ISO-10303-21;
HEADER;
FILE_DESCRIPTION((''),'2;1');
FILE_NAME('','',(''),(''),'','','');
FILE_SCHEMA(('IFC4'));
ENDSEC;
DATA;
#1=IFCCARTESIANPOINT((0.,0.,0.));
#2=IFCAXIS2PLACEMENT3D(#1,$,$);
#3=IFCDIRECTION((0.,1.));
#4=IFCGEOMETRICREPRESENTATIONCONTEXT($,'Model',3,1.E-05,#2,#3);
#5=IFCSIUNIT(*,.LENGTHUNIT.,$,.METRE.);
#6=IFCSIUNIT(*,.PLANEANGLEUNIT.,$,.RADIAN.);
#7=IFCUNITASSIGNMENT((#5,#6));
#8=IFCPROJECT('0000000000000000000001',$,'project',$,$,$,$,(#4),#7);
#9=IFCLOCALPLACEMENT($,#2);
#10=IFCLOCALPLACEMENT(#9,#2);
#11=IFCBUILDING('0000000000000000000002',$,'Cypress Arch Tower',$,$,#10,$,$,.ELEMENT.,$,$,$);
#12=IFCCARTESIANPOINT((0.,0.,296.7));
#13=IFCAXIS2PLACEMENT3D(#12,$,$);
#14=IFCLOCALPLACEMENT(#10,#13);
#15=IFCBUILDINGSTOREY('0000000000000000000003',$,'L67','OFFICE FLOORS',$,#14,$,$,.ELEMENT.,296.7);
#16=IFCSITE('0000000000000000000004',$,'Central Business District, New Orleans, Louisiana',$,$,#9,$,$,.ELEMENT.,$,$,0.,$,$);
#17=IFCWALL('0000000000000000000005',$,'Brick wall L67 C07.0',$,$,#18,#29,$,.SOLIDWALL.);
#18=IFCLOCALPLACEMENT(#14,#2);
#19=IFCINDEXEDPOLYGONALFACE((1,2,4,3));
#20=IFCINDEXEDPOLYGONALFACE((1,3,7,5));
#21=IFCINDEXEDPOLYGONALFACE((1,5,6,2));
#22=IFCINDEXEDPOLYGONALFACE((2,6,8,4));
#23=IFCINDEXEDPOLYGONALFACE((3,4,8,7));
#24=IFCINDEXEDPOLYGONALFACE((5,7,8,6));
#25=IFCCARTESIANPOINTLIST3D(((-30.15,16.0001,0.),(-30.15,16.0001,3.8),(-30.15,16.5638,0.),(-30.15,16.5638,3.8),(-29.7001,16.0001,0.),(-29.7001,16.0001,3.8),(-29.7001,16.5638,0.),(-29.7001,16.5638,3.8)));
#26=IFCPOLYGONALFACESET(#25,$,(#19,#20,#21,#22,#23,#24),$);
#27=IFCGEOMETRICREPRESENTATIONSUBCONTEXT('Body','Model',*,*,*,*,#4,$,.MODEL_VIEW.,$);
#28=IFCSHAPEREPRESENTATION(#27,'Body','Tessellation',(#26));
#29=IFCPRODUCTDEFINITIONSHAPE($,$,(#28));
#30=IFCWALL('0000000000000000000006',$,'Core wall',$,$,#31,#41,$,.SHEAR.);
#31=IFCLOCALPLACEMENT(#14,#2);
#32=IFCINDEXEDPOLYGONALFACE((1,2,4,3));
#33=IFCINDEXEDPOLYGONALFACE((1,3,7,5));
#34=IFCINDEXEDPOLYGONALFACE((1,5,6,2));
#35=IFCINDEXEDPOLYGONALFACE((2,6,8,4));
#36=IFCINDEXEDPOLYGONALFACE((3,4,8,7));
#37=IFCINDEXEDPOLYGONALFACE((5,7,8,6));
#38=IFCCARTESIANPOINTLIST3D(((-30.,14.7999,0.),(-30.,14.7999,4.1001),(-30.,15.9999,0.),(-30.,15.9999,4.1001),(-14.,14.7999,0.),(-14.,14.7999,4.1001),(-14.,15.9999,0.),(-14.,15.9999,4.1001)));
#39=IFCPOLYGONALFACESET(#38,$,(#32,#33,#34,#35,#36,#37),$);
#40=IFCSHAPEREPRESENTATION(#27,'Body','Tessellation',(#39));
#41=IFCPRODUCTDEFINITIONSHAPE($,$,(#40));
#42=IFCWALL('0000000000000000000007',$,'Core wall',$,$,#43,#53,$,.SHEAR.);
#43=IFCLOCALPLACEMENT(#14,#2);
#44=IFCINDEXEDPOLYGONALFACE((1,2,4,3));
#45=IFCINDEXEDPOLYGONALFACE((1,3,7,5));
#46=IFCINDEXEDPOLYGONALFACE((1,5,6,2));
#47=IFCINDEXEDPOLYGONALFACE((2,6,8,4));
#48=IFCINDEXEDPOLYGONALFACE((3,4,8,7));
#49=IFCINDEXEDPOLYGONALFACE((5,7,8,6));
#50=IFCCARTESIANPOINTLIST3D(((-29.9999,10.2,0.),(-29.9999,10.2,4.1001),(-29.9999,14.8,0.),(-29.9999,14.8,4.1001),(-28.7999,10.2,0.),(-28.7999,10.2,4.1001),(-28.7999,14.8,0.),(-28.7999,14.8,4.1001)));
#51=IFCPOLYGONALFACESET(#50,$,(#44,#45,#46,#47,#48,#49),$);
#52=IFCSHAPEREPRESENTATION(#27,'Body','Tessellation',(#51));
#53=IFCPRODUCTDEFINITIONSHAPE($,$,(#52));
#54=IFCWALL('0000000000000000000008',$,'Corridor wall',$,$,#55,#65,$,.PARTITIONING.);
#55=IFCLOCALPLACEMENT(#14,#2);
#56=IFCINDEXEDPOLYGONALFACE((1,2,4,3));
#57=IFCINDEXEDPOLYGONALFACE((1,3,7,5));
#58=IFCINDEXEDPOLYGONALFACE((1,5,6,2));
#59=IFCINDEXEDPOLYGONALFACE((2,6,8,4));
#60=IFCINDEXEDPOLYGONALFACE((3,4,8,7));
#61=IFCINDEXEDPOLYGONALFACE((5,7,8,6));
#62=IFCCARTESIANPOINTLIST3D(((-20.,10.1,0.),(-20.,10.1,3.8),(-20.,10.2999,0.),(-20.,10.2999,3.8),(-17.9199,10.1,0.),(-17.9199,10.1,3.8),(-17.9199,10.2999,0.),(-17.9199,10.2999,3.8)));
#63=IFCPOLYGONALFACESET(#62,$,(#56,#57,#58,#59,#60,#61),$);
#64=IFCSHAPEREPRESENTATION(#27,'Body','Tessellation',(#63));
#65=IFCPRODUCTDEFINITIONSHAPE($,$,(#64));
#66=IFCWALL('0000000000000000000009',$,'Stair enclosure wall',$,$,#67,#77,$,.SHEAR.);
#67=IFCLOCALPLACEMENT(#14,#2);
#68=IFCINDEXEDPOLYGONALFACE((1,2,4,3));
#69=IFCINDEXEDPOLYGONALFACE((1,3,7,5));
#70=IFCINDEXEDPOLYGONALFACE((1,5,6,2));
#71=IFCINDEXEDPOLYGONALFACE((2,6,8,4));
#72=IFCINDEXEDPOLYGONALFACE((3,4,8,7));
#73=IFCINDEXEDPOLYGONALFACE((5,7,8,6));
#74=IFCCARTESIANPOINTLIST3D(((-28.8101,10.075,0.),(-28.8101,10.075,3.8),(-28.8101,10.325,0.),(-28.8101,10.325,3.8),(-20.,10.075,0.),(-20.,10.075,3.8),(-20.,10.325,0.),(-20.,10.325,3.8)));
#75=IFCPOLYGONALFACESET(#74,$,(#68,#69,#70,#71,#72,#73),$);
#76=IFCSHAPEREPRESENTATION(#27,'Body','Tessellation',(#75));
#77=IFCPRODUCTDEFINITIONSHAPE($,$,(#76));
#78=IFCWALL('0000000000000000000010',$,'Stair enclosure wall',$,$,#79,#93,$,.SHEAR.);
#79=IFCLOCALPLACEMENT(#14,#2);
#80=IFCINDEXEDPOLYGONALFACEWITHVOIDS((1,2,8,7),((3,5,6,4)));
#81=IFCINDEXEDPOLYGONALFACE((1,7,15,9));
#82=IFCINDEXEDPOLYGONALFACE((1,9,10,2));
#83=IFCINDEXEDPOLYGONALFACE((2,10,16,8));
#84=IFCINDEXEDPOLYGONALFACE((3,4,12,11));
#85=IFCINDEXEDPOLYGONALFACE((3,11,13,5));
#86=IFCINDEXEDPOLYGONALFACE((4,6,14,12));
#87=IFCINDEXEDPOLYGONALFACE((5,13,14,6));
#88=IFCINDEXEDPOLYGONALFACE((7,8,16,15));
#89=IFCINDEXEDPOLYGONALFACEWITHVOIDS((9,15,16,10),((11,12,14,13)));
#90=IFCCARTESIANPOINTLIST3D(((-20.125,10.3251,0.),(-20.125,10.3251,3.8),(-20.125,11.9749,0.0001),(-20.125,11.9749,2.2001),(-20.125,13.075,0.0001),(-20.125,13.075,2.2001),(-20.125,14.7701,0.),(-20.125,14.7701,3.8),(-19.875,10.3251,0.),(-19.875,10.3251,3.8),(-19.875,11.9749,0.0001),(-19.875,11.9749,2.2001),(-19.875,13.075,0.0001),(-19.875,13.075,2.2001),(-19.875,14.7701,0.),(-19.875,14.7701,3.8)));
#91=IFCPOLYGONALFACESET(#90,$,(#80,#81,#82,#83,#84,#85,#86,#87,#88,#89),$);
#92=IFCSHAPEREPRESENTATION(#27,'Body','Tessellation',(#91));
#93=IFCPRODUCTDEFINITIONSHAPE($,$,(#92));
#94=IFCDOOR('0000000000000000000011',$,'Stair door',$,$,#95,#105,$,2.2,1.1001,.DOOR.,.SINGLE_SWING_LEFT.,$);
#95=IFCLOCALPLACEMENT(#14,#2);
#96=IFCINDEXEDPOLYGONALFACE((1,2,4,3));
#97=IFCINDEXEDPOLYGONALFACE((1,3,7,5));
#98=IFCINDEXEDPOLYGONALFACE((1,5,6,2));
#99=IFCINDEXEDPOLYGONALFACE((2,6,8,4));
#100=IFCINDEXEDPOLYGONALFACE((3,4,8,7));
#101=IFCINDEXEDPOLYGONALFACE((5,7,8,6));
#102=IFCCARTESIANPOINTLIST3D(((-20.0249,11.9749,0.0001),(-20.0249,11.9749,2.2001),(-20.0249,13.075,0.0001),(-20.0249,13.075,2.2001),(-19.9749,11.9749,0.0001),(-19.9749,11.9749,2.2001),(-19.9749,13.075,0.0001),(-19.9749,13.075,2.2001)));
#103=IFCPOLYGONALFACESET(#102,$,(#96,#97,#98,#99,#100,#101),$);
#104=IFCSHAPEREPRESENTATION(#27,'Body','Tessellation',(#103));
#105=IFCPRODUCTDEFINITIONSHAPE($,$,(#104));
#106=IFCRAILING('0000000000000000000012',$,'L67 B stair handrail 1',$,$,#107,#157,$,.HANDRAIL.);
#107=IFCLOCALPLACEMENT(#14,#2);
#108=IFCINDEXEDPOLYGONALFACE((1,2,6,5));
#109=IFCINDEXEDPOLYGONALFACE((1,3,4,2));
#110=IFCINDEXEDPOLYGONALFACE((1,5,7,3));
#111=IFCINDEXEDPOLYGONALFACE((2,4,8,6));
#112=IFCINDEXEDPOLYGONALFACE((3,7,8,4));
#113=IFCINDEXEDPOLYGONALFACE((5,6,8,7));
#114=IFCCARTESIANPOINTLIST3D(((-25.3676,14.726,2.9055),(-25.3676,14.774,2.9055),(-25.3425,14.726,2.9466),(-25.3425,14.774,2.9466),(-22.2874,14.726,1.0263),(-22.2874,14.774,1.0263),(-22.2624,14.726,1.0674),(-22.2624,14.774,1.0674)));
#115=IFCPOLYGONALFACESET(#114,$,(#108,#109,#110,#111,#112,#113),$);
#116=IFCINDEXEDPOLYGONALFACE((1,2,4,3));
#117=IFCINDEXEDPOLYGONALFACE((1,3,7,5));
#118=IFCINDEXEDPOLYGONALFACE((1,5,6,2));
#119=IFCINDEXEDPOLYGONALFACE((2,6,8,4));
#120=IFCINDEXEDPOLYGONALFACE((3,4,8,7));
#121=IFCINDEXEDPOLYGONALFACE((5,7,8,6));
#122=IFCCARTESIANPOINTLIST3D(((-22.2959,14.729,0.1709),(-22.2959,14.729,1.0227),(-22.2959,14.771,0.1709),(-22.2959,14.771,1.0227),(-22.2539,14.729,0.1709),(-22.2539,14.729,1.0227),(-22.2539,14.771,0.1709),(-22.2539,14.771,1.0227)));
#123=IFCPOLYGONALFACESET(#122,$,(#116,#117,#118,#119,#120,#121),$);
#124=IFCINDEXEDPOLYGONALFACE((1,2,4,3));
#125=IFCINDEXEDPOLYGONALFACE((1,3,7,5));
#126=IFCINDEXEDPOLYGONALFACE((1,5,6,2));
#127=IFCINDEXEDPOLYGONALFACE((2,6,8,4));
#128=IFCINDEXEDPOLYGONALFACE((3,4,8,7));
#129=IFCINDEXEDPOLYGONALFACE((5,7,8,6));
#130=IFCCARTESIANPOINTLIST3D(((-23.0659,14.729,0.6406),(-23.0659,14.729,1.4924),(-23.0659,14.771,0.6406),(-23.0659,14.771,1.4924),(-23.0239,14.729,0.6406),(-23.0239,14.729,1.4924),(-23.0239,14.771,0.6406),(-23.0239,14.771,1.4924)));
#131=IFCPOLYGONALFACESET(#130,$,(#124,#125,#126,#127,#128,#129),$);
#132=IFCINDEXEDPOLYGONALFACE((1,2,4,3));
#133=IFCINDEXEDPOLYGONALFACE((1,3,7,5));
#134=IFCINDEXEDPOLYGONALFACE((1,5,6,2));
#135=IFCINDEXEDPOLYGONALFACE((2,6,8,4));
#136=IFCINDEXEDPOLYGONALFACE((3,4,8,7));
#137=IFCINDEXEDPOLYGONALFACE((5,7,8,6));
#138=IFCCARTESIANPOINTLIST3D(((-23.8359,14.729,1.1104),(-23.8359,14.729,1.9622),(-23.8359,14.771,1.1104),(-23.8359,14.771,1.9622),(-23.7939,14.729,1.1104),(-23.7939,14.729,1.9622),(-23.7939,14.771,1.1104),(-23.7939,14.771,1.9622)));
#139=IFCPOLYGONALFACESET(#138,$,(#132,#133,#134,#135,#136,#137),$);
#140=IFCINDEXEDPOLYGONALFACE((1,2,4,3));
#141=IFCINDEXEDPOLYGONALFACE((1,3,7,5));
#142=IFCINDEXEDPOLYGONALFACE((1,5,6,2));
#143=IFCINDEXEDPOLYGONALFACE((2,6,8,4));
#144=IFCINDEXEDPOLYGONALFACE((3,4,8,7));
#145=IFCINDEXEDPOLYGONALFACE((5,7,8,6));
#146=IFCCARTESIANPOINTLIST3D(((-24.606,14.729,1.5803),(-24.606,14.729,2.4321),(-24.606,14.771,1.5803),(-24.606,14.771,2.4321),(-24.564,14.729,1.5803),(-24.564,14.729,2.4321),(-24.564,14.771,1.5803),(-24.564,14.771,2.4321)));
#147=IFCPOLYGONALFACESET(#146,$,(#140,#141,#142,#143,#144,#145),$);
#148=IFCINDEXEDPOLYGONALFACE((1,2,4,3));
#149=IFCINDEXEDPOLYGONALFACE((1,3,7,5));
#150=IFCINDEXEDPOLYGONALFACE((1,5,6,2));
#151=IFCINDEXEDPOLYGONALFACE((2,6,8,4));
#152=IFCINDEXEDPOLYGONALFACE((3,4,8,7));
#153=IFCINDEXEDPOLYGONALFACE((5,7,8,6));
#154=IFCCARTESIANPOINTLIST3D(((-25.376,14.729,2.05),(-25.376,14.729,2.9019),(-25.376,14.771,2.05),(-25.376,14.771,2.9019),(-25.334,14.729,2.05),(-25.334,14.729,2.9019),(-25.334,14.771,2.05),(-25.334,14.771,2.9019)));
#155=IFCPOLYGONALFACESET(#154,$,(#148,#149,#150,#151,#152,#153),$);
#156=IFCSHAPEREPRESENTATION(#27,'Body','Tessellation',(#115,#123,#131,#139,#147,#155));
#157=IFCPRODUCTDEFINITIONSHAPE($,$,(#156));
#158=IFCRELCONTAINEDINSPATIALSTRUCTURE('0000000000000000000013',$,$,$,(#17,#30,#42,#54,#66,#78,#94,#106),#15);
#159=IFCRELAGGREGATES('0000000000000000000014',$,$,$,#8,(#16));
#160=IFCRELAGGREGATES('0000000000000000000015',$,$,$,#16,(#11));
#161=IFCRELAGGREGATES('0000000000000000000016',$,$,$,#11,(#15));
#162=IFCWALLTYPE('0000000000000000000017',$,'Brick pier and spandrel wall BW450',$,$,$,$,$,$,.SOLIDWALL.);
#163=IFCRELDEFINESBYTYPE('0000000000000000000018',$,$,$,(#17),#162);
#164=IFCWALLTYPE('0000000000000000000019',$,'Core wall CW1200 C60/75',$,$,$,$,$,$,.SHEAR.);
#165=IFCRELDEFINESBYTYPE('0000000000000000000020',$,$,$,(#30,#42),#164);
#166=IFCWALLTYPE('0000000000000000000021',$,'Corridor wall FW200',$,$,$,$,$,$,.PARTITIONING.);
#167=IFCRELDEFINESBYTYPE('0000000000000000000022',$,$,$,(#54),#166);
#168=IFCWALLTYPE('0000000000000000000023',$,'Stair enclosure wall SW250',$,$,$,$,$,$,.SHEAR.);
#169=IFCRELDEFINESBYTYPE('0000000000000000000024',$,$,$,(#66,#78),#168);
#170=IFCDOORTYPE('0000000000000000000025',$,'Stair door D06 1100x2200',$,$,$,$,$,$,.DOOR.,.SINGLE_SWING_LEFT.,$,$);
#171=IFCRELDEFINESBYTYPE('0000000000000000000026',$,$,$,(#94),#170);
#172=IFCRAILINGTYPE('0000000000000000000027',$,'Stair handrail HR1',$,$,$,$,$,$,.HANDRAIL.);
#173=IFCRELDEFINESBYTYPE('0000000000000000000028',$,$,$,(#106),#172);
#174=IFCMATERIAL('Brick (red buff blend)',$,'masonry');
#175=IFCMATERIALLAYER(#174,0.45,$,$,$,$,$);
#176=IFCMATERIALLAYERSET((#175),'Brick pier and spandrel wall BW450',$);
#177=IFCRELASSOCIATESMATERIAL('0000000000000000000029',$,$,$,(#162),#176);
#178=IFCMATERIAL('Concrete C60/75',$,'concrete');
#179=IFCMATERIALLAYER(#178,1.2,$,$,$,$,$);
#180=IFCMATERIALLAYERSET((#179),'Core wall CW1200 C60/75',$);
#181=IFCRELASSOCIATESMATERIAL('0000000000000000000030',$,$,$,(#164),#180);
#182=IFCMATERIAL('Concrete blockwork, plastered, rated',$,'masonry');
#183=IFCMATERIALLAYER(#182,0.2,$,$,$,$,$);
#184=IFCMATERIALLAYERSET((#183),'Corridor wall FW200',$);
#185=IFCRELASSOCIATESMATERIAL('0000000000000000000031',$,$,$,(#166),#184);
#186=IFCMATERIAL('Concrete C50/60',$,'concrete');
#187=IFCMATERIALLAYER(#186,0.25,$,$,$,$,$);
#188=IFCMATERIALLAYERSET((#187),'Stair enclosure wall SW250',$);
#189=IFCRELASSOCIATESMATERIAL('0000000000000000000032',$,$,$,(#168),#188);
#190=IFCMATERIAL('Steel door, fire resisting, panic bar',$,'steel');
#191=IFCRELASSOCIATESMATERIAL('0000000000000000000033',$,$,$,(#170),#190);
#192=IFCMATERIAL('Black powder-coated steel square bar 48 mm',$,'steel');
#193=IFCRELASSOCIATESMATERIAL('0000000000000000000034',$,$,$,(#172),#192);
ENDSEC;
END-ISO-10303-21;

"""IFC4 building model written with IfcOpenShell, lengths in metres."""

from ifc_helpers import new_model, si_unit, direction, frame, frame_2d, origin, origin_2d, place, context, subcontext, project, spatial, rectangle, extrude, material, layer, layer_set, type_object, element, fill, save


model = new_model("IFC4")

# Units and contexts
model_context = context("Model", 3, precision=1e-05, world=origin(), true_north=direction((0.0, 1.0)))
body_context = subcontext(model_context, "Body", "Model", "MODEL_VIEW")
ifc_project = project(units=[si_unit("LENGTHUNIT", "METRE"), si_unit("PLANEANGLEUNIT", "RADIAN")], contexts=[model_context])

# Site, building, storey
site_placement = place(None, origin())
site = spatial("IfcSite", under=ifc_project, at=site_placement, Name="Central Business District, New Orleans, Louisiana", CompositionType="ELEMENT", RefElevation=0.0)
building_placement = place(site_placement, origin())
building = spatial("IfcBuilding", under=site, at=building_placement, Name="Cypress Arch Tower", CompositionType="ELEMENT")
storey_placement = place(building_placement, frame((0.0, 0.0, 296.7)))
storey = spatial("IfcBuildingStorey", under=building, at=storey_placement, Name="L67", Description="OFFICE FLOORS", CompositionType="ELEMENT", Elevation=296.7)

# Shared definitions
ifc_material_1 = material(Name="Brick (red buff blend)", Category="masonry")
ifc_layer_1 = layer(ifc_material_1, 0.45)
ifc_layer_set_1 = layer_set([ifc_layer_1], Name="Brick pier and spandrel wall BW450")
wall_type_1 = type_object("IfcWallType", Name="Brick pier and spandrel wall BW450", PredefinedType="SOLIDWALL", material=ifc_layer_set_1)

# Walls
wall_1_placement = place(storey_placement, frame((-29.925, 16.5637, 0.0), z_axis=(0.0, 0.0, 1.0), x_axis=(0.0, -1.0, 0.0)))
element("IfcWall", 1, at=wall_1_placement, inside=storey, type_object=wall_type_1, Name="Brick wall L67 C07.0", PredefinedType="SOLIDWALL", context=body_context, shape_type="SweptSolid", body=[
    extrude(rectangle(XDim=0.5637, YDim=0.45, at=frame_2d((0.2817, 0.0))), origin(), (0.0, 0.0, 1.0), 3.8),
])
ifc_material_2 = material(Name="Concrete C60/75", Category="concrete")
ifc_layer_2 = layer(ifc_material_2, 1.2)
ifc_layer_set_2 = layer_set([ifc_layer_2], Name="Core wall CW1200 C60/75")
wall_type_2 = type_object("IfcWallType", Name="Core wall CW1200 C60/75", PredefinedType="SHEAR", material=ifc_layer_set_2)
wall_2_placement = place(storey_placement, frame((-30.0, 15.3999, 0.0), z_axis=(0.0, 0.0, 1.0), x_axis=(1.0, 0.0, 0.0)))
element("IfcWall", 2, at=wall_2_placement, inside=storey, type_object=wall_type_2, Name="Core wall", PredefinedType="SHEAR", context=body_context, shape_type="SweptSolid", body=[
    extrude(rectangle(XDim=16.0, YDim=1.2, at=frame_2d((8.0, 0.0))), origin(), (0.0, 0.0, 1.0), 4.1001),
])
wall_3_placement = place(storey_placement, frame((-29.3999, 10.2, 0.0), z_axis=(0.0, 0.0, 1.0), x_axis=(0.0, 1.0, 0.0)))
element("IfcWall", 3, at=wall_3_placement, inside=storey, type_object=wall_type_2, Name="Core wall", PredefinedType="SHEAR", context=body_context, shape_type="SweptSolid", body=[
    extrude(rectangle(XDim=4.6001, YDim=1.2, at=frame_2d((2.3, 0.0))), origin(), (0.0, 0.0, 1.0), 4.1001),
])
ifc_material_3 = material(Name="Concrete blockwork, plastered, rated", Category="masonry")
ifc_layer_3 = layer(ifc_material_3, 0.2)
ifc_layer_set_3 = layer_set([ifc_layer_3], Name="Corridor wall FW200")
wall_type_3 = type_object("IfcWallType", Name="Corridor wall FW200", PredefinedType="PARTITIONING", material=ifc_layer_set_3)
wall_4_placement = place(storey_placement, frame((-20.0, 10.2, 0.0), z_axis=(0.0, 0.0, 1.0), x_axis=(1.0, 0.0, 0.0)))
element("IfcWall", 4, at=wall_4_placement, inside=storey, type_object=wall_type_3, Name="Corridor wall", PredefinedType="PARTITIONING", context=body_context, shape_type="SweptSolid", body=[
    extrude(rectangle(XDim=2.0801, YDim=0.2, at=frame_2d((1.04, 0.0))), origin(), (0.0, 0.0, 1.0), 3.8),
])
ifc_material_4 = material(Name="Concrete C50/60", Category="concrete")
ifc_layer_4 = layer(ifc_material_4, 0.25)
ifc_layer_set_4 = layer_set([ifc_layer_4], Name="Stair enclosure wall SW250")
wall_type_4 = type_object("IfcWallType", Name="Stair enclosure wall SW250", PredefinedType="SHEAR", material=ifc_layer_set_4)
wall_5_placement = place(storey_placement, frame((-28.8101, 10.2, 0.0), z_axis=(0.0, 0.0, 1.0), x_axis=(1.0, 0.0, 0.0)))
element("IfcWall", 5, at=wall_5_placement, inside=storey, type_object=wall_type_4, Name="Stair enclosure wall", PredefinedType="SHEAR", context=body_context, shape_type="SweptSolid", body=[
    extrude(rectangle(XDim=8.8101, YDim=0.25, at=frame_2d((4.405, 0.0))), origin(), (0.0, 0.0, 1.0), 3.8),
])

# Wall, opening, door
wall_6_placement = place(storey_placement, frame((-20.0, 10.325, 0.0), z_axis=(0.0, 0.0, 1.0), x_axis=(0.0, 1.0, 0.0)))
wall_6 = element("IfcWall", 6, at=wall_6_placement, inside=storey, type_object=wall_type_4, Name="Stair enclosure wall", PredefinedType="SHEAR", context=body_context, shape_type="SweptSolid", body=[
    extrude(rectangle(XDim=4.4451, YDim=0.25, at=frame_2d((2.2227, 0.0))), origin(), (0.0, 0.0, 1.0), 3.8),
])
opening_1_placement = place(wall_6_placement, frame((1.6499, 0.0, 0.0)))
opening_1 = element("IfcOpeningElement", 7, at=opening_1_placement, cuts=wall_6, PredefinedType="OPENING", context=body_context, shape_type="SweptSolid", body=[
    extrude(rectangle(XDim=1.1001, YDim=2.2, at=frame_2d((0.55, 1.1001))), frame((0.0, 0.135, 0.0), z_axis=(0.0, -1.0, 0.0), x_axis=(1.0, 0.0, 0.0)), (0.0, 0.0, 1.0), 0.27),
])
ifc_material_5 = material(Name="Steel door, fire resisting, panic bar", Category="steel")
door_type = type_object("IfcDoorType", Name="Stair door D06 1100x2200", OperationType="SINGLE_SWING_LEFT", PredefinedType="DOOR", material=ifc_material_5)
door_placement = place(opening_1_placement, origin())
door = element("IfcDoor", 8, at=door_placement, inside=storey, type_object=door_type, Name="Stair door", OperationType="SINGLE_SWING_LEFT", OverallHeight=2.2, OverallWidth=1.1001, PredefinedType="DOOR", context=body_context, shape_type="SweptSolid", body=[
    extrude(rectangle(XDim=1.1001, YDim=2.2, at=frame_2d((0.55, 1.1001))), frame((0.0, 0.0249, 0.0), z_axis=(0.0, -1.0, 0.0), x_axis=(1.0, 0.0, 0.0)), (0.0, 0.0, 1.0), 0.05),
])
fill(opening_1, door)

# Railing
ifc_material_6 = material(Name="Black powder-coated steel square bar 48 mm", Category="steel")
railing_type_1 = type_object("IfcRailingType", Name="Stair handrail HR1", PredefinedType="HANDRAIL", material=ifc_material_6)
railing_1_placement = place(storey_placement, frame((-22.2749, 14.75, 0.1709)))
element("IfcRailing", 9, at=railing_1_placement, inside=storey, type_object=railing_type_1, Name="L67 B stair handrail 1", PredefinedType="HANDRAIL", context=body_context, shape_type="SweptSolid", body=[
    extrude(rectangle(XDim=0.0481, YDim=0.0481, at=origin_2d()), frame((0.0, 0.0, 0.876), z_axis=(-0.853666, 0.0, 0.52082), x_axis=(0.0, -1.0, 0.0)), (0.0, 0.0, 1.0), 3.6082),
    extrude(rectangle(XDim=0.042, YDim=0.042, at=origin_2d()), origin(), (0.0, 0.0, 1.0), 0.8518),
    extrude(rectangle(XDim=0.042, YDim=0.042, at=origin_2d()), frame((-0.77, 0.0, 0.4697)), (0.0, 0.0, 1.0), 0.8518),
    extrude(rectangle(XDim=0.042, YDim=0.042, at=origin_2d()), frame((-1.54, 0.0, 0.9395)), (0.0, 0.0, 1.0), 0.8518),
    extrude(rectangle(XDim=0.042, YDim=0.042, at=origin_2d()), frame((-2.3101, 0.0, 1.4094)), (0.0, 0.0, 1.0), 0.8518),
    extrude(rectangle(XDim=0.042, YDim=0.042, at=origin_2d()), frame((-3.0801, 0.0, 1.8792)), (0.0, 0.0, 1.0), 0.8518),
])

save(model, "model.ifc")
